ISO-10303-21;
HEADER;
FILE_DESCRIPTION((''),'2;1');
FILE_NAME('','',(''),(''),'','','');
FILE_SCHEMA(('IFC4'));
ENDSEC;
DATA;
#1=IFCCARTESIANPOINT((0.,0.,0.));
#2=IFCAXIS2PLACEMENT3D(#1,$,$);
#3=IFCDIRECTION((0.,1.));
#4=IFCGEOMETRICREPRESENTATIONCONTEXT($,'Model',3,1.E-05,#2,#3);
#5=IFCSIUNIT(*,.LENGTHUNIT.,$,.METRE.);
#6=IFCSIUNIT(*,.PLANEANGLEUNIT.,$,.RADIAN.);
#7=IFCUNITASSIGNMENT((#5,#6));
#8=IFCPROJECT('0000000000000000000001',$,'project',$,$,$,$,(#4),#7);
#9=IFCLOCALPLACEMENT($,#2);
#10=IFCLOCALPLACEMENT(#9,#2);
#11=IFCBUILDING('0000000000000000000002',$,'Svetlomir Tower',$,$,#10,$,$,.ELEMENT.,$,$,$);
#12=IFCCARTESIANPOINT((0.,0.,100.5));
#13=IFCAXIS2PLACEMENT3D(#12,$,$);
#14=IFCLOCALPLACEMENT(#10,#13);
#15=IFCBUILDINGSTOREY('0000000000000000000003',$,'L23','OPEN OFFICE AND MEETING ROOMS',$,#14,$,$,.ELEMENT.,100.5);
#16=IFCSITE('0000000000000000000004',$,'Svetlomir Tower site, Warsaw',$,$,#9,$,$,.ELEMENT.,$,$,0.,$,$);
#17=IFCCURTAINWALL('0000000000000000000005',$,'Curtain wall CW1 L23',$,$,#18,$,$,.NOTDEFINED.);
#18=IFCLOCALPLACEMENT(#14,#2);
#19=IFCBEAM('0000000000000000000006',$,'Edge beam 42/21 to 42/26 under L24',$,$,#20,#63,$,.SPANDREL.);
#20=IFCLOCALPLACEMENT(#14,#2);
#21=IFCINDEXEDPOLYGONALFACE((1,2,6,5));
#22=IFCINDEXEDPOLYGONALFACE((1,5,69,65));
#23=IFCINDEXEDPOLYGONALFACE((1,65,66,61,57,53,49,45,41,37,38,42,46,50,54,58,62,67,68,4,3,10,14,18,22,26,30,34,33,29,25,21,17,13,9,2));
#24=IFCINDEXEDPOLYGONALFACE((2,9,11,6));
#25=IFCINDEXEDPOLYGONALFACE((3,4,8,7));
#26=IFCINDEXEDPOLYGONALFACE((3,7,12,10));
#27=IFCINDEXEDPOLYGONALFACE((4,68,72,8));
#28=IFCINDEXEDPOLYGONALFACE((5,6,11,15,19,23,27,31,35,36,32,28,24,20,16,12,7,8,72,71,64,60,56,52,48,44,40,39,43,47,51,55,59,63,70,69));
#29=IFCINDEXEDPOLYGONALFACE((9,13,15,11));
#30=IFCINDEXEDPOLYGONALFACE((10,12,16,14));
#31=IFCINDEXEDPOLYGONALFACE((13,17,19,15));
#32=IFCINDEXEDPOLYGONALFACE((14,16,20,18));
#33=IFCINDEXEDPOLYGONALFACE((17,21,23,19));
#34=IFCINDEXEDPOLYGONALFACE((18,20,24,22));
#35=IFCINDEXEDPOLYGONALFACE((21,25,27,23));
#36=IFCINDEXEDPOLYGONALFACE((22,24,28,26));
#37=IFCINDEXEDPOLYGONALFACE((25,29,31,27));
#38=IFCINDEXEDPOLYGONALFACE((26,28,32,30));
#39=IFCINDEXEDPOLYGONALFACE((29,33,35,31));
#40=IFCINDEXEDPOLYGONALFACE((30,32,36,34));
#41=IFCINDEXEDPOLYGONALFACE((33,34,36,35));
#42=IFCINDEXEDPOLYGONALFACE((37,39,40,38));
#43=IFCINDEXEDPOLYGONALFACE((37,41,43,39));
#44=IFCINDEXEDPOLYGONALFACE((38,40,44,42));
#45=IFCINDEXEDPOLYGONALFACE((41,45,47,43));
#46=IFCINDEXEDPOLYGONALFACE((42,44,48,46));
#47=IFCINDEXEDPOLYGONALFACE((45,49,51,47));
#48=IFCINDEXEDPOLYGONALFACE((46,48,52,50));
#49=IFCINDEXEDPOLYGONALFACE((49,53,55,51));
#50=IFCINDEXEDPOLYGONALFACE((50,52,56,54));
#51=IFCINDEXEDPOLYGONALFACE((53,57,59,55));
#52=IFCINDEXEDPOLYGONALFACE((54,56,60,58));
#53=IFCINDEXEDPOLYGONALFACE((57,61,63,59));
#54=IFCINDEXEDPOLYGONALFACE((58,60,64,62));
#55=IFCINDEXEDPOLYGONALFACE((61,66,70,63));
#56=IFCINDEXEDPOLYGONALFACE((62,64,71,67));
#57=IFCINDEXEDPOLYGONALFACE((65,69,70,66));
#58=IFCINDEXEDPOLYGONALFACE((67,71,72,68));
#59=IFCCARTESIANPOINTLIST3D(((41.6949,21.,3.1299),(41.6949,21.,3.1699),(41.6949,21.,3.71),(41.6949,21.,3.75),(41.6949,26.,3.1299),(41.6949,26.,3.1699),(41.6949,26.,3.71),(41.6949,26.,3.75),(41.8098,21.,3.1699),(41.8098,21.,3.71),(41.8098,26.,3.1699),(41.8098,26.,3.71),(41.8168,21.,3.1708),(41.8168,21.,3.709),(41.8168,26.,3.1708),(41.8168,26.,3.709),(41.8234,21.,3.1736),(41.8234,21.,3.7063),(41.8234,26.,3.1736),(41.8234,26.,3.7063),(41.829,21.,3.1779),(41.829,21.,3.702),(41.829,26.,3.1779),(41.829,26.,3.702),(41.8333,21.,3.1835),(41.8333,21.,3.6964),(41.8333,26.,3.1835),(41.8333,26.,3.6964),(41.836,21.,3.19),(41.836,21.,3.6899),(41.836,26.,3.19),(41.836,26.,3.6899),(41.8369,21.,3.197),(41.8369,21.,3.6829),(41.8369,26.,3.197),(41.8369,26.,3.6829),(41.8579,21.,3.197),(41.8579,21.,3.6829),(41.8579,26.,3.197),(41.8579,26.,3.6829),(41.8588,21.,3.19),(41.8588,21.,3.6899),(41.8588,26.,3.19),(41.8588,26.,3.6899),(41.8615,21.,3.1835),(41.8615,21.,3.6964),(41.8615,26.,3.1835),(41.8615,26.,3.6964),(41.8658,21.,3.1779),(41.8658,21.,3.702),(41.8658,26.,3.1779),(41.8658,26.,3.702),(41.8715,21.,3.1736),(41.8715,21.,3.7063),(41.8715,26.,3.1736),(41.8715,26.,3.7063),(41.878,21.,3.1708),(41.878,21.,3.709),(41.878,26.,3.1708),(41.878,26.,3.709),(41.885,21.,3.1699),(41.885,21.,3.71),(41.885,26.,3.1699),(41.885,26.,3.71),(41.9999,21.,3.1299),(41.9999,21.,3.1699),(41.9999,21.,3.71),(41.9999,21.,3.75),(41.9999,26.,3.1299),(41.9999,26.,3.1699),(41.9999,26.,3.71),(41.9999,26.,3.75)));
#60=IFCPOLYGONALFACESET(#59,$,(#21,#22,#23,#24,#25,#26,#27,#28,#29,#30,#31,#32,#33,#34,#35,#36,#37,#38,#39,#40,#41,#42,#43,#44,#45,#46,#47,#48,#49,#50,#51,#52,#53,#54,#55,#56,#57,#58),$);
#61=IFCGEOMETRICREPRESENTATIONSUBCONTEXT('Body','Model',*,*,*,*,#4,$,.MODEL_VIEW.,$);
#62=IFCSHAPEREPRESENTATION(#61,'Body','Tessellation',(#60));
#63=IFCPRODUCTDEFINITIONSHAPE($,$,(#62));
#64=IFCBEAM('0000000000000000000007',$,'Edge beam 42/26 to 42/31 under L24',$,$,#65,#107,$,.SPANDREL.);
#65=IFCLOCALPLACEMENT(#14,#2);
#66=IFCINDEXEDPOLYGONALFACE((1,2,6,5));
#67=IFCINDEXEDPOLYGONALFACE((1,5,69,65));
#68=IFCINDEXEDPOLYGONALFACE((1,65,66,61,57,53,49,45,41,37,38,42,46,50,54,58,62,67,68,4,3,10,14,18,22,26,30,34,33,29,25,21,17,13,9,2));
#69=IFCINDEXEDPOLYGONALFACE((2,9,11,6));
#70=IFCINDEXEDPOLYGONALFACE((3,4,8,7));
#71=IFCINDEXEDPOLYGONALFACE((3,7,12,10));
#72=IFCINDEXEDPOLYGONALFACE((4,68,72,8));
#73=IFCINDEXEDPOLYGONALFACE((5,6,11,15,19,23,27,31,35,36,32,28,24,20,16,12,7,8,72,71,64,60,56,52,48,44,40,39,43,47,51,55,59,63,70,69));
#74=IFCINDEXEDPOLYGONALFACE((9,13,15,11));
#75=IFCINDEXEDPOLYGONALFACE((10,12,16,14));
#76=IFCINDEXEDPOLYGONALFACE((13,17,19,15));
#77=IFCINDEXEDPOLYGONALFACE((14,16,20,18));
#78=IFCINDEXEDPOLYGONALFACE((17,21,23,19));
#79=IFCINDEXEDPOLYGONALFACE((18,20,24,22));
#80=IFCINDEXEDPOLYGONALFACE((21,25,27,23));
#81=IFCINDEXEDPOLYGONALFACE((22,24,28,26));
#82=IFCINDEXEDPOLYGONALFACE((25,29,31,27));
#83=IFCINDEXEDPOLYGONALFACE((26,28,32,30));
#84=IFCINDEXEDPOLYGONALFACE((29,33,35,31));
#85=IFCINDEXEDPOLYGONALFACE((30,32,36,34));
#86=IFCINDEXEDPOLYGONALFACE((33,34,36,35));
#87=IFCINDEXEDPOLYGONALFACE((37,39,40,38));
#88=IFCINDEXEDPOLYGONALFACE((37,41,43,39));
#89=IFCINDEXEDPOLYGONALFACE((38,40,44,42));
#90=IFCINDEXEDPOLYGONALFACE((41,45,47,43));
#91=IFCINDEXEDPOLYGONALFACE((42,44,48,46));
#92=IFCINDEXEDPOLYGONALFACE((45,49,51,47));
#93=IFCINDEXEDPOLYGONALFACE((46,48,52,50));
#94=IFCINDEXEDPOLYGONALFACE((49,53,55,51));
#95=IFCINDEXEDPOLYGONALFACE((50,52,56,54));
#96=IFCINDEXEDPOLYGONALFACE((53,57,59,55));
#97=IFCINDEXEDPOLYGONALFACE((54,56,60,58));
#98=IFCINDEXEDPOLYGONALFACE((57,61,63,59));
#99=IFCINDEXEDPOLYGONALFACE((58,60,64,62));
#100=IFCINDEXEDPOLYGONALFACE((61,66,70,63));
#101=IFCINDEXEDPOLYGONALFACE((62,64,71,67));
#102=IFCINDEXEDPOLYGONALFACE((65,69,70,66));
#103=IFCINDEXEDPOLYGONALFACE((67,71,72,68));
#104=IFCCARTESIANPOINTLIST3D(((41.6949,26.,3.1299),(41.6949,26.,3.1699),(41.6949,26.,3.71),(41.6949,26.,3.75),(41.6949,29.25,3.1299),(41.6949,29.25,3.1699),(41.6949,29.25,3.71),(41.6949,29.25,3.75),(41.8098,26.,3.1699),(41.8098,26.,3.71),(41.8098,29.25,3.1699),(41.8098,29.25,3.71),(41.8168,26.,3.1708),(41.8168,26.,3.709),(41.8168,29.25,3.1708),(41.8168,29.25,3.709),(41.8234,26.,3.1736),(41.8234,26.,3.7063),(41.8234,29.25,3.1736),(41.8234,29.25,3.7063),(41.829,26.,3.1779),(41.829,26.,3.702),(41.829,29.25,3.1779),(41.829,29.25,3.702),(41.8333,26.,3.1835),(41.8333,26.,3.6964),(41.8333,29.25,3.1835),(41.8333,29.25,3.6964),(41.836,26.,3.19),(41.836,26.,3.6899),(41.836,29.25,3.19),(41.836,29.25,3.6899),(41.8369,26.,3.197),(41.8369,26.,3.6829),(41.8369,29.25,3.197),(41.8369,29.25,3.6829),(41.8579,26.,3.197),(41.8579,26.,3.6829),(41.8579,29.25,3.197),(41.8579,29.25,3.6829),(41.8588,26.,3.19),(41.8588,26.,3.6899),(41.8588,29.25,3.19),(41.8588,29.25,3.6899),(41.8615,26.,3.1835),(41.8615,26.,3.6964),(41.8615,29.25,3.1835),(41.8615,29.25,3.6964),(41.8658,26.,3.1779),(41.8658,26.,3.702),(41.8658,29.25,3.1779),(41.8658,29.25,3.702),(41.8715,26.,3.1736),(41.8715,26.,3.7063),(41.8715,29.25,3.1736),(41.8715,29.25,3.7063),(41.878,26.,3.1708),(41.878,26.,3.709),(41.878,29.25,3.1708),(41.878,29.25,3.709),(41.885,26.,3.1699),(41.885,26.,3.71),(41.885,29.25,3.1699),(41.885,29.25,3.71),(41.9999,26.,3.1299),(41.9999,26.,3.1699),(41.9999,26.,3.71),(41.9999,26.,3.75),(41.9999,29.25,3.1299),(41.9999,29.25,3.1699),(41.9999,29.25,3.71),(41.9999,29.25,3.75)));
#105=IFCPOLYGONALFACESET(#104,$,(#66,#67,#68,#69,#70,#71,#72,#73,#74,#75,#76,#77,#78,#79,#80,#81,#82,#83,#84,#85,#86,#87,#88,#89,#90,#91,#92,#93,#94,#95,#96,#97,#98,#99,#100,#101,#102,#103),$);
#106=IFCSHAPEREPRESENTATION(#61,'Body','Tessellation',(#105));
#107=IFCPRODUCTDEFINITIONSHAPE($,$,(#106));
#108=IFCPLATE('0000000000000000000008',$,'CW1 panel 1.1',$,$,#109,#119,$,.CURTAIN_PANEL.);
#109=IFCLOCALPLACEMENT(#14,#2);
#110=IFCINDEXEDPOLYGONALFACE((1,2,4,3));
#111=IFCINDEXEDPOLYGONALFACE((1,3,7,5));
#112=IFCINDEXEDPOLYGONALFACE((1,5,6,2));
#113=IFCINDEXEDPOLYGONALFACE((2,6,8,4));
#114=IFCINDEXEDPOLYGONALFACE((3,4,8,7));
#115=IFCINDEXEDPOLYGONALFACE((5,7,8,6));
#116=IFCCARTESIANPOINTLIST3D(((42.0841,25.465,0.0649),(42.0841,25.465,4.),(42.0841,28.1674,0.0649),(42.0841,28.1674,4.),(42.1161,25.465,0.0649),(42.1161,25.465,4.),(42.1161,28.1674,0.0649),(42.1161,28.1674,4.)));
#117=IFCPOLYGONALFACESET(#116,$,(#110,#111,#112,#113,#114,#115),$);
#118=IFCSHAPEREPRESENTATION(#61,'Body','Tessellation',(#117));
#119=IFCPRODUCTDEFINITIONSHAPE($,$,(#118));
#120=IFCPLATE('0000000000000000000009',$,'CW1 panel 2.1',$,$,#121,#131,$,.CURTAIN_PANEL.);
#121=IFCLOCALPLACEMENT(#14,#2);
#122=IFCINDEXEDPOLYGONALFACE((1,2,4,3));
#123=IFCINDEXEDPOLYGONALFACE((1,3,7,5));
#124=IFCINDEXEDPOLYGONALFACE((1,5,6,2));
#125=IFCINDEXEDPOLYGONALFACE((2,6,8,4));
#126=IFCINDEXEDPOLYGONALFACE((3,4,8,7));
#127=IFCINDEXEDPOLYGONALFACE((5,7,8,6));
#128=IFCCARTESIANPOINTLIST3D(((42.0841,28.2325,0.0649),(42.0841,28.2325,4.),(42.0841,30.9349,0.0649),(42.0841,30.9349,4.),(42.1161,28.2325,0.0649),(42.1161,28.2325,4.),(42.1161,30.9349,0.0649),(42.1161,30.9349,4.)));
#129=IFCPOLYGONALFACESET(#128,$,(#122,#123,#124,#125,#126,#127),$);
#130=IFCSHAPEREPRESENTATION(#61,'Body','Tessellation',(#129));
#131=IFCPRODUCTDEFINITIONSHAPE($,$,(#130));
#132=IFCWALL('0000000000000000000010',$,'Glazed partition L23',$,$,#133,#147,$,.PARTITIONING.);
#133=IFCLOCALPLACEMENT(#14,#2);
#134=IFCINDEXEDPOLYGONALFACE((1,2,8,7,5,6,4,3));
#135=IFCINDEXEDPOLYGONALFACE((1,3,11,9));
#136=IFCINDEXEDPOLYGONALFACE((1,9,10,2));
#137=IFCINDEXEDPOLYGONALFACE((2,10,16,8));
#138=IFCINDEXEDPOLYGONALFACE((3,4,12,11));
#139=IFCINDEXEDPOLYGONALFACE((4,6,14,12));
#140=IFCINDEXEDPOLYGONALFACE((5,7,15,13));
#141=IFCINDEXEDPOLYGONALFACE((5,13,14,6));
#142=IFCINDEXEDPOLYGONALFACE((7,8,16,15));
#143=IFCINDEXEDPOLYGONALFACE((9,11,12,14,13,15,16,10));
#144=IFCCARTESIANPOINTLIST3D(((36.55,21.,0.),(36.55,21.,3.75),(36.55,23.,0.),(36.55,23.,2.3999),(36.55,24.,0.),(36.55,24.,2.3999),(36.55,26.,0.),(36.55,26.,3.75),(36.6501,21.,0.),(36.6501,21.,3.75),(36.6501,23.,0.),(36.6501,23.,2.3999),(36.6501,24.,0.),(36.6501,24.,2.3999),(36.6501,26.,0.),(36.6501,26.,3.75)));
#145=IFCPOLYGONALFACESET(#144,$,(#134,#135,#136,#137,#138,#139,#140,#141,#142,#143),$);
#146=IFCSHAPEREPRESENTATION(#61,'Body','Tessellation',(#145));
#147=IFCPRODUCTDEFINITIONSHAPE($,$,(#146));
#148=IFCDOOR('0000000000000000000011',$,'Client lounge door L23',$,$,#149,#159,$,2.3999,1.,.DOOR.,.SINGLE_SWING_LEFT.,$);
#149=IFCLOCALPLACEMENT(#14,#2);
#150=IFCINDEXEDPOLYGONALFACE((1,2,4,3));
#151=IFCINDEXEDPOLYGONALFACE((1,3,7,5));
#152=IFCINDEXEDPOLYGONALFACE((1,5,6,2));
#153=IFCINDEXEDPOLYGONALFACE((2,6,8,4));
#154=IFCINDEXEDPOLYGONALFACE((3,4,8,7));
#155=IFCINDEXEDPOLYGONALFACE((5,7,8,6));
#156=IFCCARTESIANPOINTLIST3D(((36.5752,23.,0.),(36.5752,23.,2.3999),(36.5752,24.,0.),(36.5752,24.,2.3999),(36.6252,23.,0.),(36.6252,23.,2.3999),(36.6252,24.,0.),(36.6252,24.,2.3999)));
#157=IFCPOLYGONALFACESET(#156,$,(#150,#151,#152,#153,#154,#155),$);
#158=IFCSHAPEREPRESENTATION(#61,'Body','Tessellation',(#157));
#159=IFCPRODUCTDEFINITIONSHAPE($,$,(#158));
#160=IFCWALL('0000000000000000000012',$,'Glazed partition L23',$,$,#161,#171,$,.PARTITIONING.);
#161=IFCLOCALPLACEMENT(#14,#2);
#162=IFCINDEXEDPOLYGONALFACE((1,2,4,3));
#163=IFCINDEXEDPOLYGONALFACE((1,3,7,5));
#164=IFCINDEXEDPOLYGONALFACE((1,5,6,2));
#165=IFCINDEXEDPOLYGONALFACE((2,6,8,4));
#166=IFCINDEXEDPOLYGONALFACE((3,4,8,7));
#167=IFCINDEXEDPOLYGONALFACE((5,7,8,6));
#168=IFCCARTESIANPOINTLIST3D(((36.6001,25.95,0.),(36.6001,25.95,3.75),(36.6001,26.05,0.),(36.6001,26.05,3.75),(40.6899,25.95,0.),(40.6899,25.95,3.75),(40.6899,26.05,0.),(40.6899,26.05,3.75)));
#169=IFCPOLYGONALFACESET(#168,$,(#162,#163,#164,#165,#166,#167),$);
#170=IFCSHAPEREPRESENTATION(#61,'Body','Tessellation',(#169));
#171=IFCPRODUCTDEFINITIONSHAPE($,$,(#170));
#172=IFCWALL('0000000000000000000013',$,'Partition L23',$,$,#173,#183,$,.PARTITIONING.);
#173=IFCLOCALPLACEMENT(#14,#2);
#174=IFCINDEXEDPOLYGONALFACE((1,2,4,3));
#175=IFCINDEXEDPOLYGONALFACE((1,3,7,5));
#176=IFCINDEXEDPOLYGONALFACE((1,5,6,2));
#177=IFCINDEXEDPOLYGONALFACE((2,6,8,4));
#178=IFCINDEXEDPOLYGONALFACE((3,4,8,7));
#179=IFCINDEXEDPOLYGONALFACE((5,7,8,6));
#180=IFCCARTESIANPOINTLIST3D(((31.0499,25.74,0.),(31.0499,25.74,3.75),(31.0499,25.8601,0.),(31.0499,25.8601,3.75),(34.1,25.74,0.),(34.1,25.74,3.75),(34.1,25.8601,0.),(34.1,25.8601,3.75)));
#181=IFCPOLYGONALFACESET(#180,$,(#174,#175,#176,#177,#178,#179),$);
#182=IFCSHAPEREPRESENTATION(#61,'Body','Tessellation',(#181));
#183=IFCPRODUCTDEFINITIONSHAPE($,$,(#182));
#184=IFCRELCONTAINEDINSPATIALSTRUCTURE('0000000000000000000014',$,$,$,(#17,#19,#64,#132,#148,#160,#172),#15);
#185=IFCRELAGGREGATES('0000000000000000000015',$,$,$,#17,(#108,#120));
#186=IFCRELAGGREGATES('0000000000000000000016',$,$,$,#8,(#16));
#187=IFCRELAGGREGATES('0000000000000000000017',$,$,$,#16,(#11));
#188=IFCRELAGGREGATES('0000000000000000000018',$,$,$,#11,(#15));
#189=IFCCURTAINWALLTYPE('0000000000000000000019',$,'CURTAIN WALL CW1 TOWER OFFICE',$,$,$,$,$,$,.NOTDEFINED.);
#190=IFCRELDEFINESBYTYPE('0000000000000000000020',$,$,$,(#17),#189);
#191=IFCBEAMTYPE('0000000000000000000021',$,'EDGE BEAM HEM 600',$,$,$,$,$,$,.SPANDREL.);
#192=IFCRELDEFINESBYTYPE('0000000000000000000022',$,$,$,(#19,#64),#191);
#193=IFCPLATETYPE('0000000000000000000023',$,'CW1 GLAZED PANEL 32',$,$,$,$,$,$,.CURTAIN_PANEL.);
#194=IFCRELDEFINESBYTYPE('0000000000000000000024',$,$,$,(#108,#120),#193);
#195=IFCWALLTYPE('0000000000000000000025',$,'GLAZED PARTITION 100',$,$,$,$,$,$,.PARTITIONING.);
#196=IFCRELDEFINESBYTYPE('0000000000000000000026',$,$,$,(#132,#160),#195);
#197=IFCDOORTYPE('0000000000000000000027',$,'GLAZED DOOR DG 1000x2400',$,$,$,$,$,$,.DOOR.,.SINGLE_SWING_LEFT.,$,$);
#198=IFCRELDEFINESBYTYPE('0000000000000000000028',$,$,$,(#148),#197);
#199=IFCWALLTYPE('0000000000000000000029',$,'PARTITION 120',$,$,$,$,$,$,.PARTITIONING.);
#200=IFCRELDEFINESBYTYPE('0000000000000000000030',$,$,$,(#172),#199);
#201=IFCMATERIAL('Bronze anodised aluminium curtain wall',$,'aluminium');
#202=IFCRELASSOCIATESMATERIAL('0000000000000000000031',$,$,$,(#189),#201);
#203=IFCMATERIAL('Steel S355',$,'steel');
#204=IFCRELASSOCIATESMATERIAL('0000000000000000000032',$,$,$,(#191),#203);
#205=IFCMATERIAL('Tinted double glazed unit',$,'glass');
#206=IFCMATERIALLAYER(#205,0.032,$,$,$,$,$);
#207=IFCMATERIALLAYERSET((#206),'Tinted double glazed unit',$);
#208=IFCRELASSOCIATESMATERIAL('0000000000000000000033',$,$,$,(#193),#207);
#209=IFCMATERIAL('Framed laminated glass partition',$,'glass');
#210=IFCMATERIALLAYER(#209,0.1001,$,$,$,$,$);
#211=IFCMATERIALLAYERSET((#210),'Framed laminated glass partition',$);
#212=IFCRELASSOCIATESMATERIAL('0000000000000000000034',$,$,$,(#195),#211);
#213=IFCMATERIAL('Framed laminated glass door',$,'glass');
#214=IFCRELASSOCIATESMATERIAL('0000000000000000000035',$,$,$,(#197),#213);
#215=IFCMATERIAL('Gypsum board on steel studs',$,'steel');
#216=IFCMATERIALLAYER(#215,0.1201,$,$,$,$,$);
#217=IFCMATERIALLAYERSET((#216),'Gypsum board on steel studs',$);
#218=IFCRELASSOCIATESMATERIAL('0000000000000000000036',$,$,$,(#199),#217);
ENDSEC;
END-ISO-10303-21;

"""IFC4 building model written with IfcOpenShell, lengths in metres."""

from ifc_helpers import new_model, si_unit, direction, frame, frame_2d, origin, origin_2d, place, context, subcontext, project, spatial, rectangle, i_section, extrude, material, layer, layer_set, material_profile, profile_set, type_object, element, fill, aggregate, save


model = new_model("IFC4")

# Units and contexts
model_context = context("Model", 3, precision=1e-05, world=origin(), true_north=direction((0.0, 1.0)))
body_context = subcontext(model_context, "Body", "Model", "MODEL_VIEW")
ifc_project = project(units=[si_unit("LENGTHUNIT", "METRE"), si_unit("PLANEANGLEUNIT", "RADIAN")], contexts=[model_context])

# Site, building, storey
site_placement = place(None, origin())
site = spatial("IfcSite", under=ifc_project, at=site_placement, Name="Svetlomir Tower site, Warsaw", CompositionType="ELEMENT", RefElevation=0.0)
building_placement = place(site_placement, origin())
building = spatial("IfcBuilding", under=site, at=building_placement, Name="Svetlomir Tower", CompositionType="ELEMENT")
storey_placement = place(building_placement, frame((0.0, 0.0, 100.5)))
storey = spatial("IfcBuildingStorey", under=building, at=storey_placement, Name="L23", Description="OPEN OFFICE AND MEETING ROOMS", CompositionType="ELEMENT", Elevation=100.5)

# Curtain wall
ifc_material_1 = material(Name="Bronze anodised aluminium curtain wall", Category="aluminium")
curtain_wall_type = type_object("IfcCurtainWallType", Name="CURTAIN WALL CW1 TOWER OFFICE", PredefinedType="NOTDEFINED", material=ifc_material_1)
curtain_wall_1_placement = place(storey_placement, origin())
curtain_wall_1 = element("IfcCurtainWall", 1, at=curtain_wall_1_placement, inside=storey, type_object=curtain_wall_type, Name="Curtain wall CW1 L23", PredefinedType="NOTDEFINED")

# Beams
ifc_material_2 = material(Name="Steel S355", Category="steel")
ifc_material_profile_1 = material_profile(ifc_material_2, i_section(OverallWidth=0.3049, OverallDepth=0.6201, WebThickness=0.021, FlangeThickness=0.04, FilletRadius=0.0271, at=origin_2d()), Name="HEM 600")
ifc_profile_set_1 = profile_set([ifc_material_profile_1], Name="Steel S355")
beam_type_1 = type_object("IfcBeamType", Name="EDGE BEAM HEM 600", PredefinedType="SPANDREL", material=ifc_profile_set_1)
beam_1_placement = place(storey_placement, frame((41.8474, 21.0, 3.4399), z_axis=(0.0, 1.0, 0.0), x_axis=(-1.0, 0.0, 0.0)))
element("IfcBeam", 2, at=beam_1_placement, inside=storey, type_object=beam_type_1, Name="Edge beam 42/21 to 42/26 under L24", PredefinedType="SPANDREL", context=body_context, shape_type="SweptSolid", body=[
    extrude(i_section(OverallWidth=0.3049, OverallDepth=0.6201, WebThickness=0.021, FlangeThickness=0.04, FilletRadius=0.0271, at=origin_2d()), origin(), (0.0, 0.0, 1.0), 5.0),
])
beam_2_placement = place(storey_placement, frame((41.8474, 26.0, 3.4399), z_axis=(0.0, 1.0, 0.0), x_axis=(-1.0, 0.0, 0.0)))
element("IfcBeam", 3, at=beam_2_placement, inside=storey, type_object=beam_type_1, Name="Edge beam 42/26 to 42/31 under L24", PredefinedType="SPANDREL", context=body_context, shape_type="SweptSolid", body=[
    extrude(i_section(OverallWidth=0.3049, OverallDepth=0.6201, WebThickness=0.021, FlangeThickness=0.04, FilletRadius=0.0271, at=origin_2d()), origin(), (0.0, 0.0, 1.0), 3.25),
])

# Plates
ifc_material_3 = material(Name="Tinted double glazed unit", Category="glass")
ifc_layer_1 = layer(ifc_material_3, 0.032)
ifc_layer_set_1 = layer_set([ifc_layer_1], Name="Tinted double glazed unit")
plate_type = type_object("IfcPlateType", Name="CW1 GLAZED PANEL 32", PredefinedType="CURTAIN_PANEL", material=ifc_layer_set_1)
plate_1_placement = place(storey_placement, frame((42.1001, 26.8162, 0.0649), z_axis=(0.0, 0.0, 1.0), x_axis=(0.0, 1.0, 0.0)))
plate_1 = element("IfcPlate", 4, at=plate_1_placement, type_object=plate_type, Name="CW1 panel 1.1", PredefinedType="CURTAIN_PANEL", context=body_context, shape_type="SweptSolid", body=[
    extrude(rectangle(XDim=2.7024, YDim=0.032, at=origin_2d()), origin(), (0.0, 0.0, 1.0), 3.9351),
])
plate_2_placement = place(storey_placement, frame((42.1001, 29.5837, 0.0649), z_axis=(0.0, 0.0, 1.0), x_axis=(0.0, 1.0, 0.0)))
plate_2 = element("IfcPlate", 5, at=plate_2_placement, type_object=plate_type, Name="CW1 panel 2.1", PredefinedType="CURTAIN_PANEL", context=body_context, shape_type="SweptSolid", body=[
    extrude(rectangle(XDim=2.7024, YDim=0.032, at=origin_2d()), origin(), (0.0, 0.0, 1.0), 3.9351),
])
aggregate(curtain_wall_1, [plate_1, plate_2])

# Wall, opening, door
ifc_material_4 = material(Name="Framed laminated glass partition", Category="glass")
ifc_layer_2 = layer(ifc_material_4, 0.1001)
ifc_layer_set_2 = layer_set([ifc_layer_2], Name="Framed laminated glass partition")
wall_type_1 = type_object("IfcWallType", Name="GLAZED PARTITION 100", PredefinedType="PARTITIONING", material=ifc_layer_set_2)
wall_1_placement = place(storey_placement, frame((36.6001, 21.0, 0.0), z_axis=(0.0, 0.0, 1.0), x_axis=(0.0, 1.0, 0.0)))
wall_1 = element("IfcWall", 6, at=wall_1_placement, inside=storey, type_object=wall_type_1, Name="Glazed partition L23", PredefinedType="PARTITIONING", context=body_context, shape_type="SweptSolid", body=[
    extrude(rectangle(XDim=5.0, YDim=0.1001, at=frame_2d((2.5, 0.0))), origin(), (0.0, 0.0, 1.0), 3.75),
])
opening_1_placement = place(wall_1_placement, frame((2.0, 0.0, 0.0)))
opening_1 = element("IfcOpeningElement", 7, at=opening_1_placement, cuts=wall_1, PredefinedType="OPENING", context=body_context, shape_type="SweptSolid", body=[
    extrude(rectangle(XDim=1.0, YDim=2.3999, at=frame_2d((0.5, 1.2))), frame((0.0, 0.0601, 0.0), z_axis=(0.0, -1.0, 0.0), x_axis=(1.0, 0.0, 0.0)), (0.0, 0.0, 1.0), 0.1201),
])
ifc_material_5 = material(Name="Framed laminated glass door", Category="glass")
door_type_1 = type_object("IfcDoorType", Name="GLAZED DOOR DG 1000x2400", OperationType="SINGLE_SWING_LEFT", PredefinedType="DOOR", material=ifc_material_5)
door_1_placement = place(opening_1_placement, origin())
door_1 = element("IfcDoor", 8, at=door_1_placement, inside=storey, type_object=door_type_1, Name="Client lounge door L23", OperationType="SINGLE_SWING_LEFT", OverallHeight=2.3999, OverallWidth=1.0, PredefinedType="DOOR", context=body_context, shape_type="SweptSolid", body=[
    extrude(rectangle(XDim=1.0, YDim=2.3999, at=frame_2d((0.5, 1.2))), frame((0.0, 0.0249, 0.0), z_axis=(0.0, -1.0, 0.0), x_axis=(1.0, 0.0, 0.0)), (0.0, 0.0, 1.0), 0.05),
])
fill(opening_1, door_1)

# Walls
wall_2_placement = place(storey_placement, frame((36.6001, 26.0, 0.0), z_axis=(0.0, 0.0, 1.0), x_axis=(1.0, 0.0, 0.0)))
element("IfcWall", 9, at=wall_2_placement, inside=storey, type_object=wall_type_1, Name="Glazed partition L23", PredefinedType="PARTITIONING", context=body_context, shape_type="SweptSolid", body=[
    extrude(rectangle(XDim=4.0898, YDim=0.1001, at=frame_2d((2.0449, 0.0))), origin(), (0.0, 0.0, 1.0), 3.75),
])
ifc_material_6 = material(Name="Gypsum board on steel studs", Category="steel")
ifc_layer_3 = layer(ifc_material_6, 0.1201)
ifc_layer_set_3 = layer_set([ifc_layer_3], Name="Gypsum board on steel studs")
wall_type_2 = type_object("IfcWallType", Name="PARTITION 120", PredefinedType="PARTITIONING", material=ifc_layer_set_3)
wall_3_placement = place(storey_placement, frame((31.05, 25.8, 0.0), z_axis=(0.0, 0.0, 1.0), x_axis=(1.0, 0.0, 0.0)))
element("IfcWall", 10, at=wall_3_placement, inside=storey, type_object=wall_type_2, Name="Partition L23", PredefinedType="PARTITIONING", context=body_context, shape_type="SweptSolid", body=[
    extrude(rectangle(XDim=3.05, YDim=0.1201, at=frame_2d((1.5249, 0.0))), origin(), (0.0, 0.0, 1.0), 3.75),
])

save(model, "model.ifc")
